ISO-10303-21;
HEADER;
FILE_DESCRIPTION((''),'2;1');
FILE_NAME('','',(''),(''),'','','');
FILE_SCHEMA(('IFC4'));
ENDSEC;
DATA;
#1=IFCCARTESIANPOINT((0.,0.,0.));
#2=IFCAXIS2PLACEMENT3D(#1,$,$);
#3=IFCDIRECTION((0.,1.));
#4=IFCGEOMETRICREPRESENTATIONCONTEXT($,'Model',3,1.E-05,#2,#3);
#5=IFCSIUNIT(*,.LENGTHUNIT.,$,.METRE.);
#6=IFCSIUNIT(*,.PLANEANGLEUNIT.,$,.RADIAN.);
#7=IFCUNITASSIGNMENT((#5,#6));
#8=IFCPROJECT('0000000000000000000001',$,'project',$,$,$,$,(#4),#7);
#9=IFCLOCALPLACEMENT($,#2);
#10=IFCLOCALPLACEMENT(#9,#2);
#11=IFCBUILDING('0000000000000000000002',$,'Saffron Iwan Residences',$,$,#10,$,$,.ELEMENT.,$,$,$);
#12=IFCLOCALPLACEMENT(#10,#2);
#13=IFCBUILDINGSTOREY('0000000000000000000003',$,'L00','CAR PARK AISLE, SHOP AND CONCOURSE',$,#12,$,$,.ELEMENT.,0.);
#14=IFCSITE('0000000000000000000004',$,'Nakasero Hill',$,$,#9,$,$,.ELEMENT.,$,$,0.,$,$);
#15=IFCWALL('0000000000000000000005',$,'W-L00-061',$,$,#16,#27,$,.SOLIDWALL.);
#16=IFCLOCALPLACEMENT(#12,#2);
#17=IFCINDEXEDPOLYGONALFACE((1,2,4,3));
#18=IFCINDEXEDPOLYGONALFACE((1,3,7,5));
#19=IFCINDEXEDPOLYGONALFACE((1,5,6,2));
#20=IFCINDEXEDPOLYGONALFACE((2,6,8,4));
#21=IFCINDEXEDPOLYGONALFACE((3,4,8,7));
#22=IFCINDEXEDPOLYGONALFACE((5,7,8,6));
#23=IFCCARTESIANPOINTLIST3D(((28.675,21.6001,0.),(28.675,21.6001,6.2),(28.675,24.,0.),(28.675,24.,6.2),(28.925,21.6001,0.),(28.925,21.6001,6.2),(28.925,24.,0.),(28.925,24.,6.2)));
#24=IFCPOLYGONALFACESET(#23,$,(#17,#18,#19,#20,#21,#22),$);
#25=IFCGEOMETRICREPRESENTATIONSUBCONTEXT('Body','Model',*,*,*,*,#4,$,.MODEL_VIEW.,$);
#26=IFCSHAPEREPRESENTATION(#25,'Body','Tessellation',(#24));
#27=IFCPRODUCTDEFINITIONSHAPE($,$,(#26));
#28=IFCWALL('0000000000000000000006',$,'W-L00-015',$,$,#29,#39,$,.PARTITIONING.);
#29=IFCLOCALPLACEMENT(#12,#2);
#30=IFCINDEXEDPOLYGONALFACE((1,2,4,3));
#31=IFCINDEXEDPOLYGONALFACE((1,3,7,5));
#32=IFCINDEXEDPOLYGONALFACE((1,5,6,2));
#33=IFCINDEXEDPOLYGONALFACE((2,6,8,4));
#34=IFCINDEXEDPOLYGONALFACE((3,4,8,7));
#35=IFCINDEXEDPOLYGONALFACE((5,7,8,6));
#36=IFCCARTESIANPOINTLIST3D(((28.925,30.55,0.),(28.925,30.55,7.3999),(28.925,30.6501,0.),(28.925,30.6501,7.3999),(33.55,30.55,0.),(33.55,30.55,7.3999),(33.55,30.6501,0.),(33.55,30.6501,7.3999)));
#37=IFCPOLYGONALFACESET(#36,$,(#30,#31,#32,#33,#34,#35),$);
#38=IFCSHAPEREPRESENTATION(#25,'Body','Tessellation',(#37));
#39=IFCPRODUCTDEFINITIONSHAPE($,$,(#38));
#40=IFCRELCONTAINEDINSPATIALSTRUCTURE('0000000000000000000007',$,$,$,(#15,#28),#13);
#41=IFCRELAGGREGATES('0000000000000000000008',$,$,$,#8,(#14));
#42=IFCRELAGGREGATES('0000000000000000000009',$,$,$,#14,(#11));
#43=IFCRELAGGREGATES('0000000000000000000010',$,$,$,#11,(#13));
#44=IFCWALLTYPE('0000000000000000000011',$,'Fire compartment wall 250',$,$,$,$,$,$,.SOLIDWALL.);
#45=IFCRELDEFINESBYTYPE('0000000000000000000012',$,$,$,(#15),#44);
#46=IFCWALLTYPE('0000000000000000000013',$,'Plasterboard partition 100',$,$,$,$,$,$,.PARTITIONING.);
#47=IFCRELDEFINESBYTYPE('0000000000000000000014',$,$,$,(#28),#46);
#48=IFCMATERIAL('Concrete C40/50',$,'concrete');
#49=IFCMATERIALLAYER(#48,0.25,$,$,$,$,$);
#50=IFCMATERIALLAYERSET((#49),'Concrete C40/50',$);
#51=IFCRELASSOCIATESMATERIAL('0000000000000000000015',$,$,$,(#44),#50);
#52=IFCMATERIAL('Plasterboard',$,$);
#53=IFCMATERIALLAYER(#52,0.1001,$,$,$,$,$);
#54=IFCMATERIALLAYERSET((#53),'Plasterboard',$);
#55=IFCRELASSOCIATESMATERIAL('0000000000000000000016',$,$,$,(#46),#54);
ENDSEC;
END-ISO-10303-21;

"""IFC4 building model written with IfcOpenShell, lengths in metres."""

from ifc_helpers import new_model, si_unit, direction, frame, frame_2d, origin, place, context, subcontext, project, spatial, rectangle, extrude, material, layer, layer_set, type_object, element, save


model = new_model("IFC4")

# Units and contexts
model_context = context("Model", 3, precision=1e-05, world=origin(), true_north=direction((0.0, 1.0)))
body_context = subcontext(model_context, "Body", "Model", "MODEL_VIEW")
ifc_project = project(units=[si_unit("LENGTHUNIT", "METRE"), si_unit("PLANEANGLEUNIT", "RADIAN")], contexts=[model_context])

# Site, building, storey
site_placement = place(None, origin())
site = spatial("IfcSite", under=ifc_project, at=site_placement, Name="Nakasero Hill", CompositionType="ELEMENT", RefElevation=0.0)
building_placement = place(site_placement, origin())
building = spatial("IfcBuilding", under=site, at=building_placement, Name="Saffron Iwan Residences", CompositionType="ELEMENT")
storey_placement = place(building_placement, origin())
storey = spatial("IfcBuildingStorey", under=building, at=storey_placement, Name="L00", Description="CAR PARK AISLE, SHOP AND CONCOURSE", CompositionType="ELEMENT", Elevation=0.0)

# Shared definitions
ifc_material_1 = material(Name="Concrete C40/50", Category="concrete")
ifc_layer_1 = layer(ifc_material_1, 0.25)
ifc_layer_set_1 = layer_set([ifc_layer_1], Name="Concrete C40/50")
wall_type_1 = type_object("IfcWallType", Name="Fire compartment wall 250", PredefinedType="SOLIDWALL", material=ifc_layer_set_1)

# Walls
wall_1_placement = place(storey_placement, frame((28.8, 21.6001, 0.0), z_axis=(0.0, 0.0, 1.0), x_axis=(0.0, 1.0, 0.0)))
element("IfcWall", 1, at=wall_1_placement, inside=storey, type_object=wall_type_1, Name="W-L00-061", PredefinedType="SOLIDWALL", context=body_context, shape_type="SweptSolid", body=[
    extrude(rectangle(XDim=2.3999, YDim=0.25, at=frame_2d((1.2, 0.0))), origin(), (0.0, 0.0, 1.0), 6.2),
])
ifc_material_2 = material(Name="Plasterboard")
ifc_layer_2 = layer(ifc_material_2, 0.1001)
ifc_layer_set_2 = layer_set([ifc_layer_2], Name="Plasterboard")
wall_type_2 = type_object("IfcWallType", Name="Plasterboard partition 100", PredefinedType="PARTITIONING", material=ifc_layer_set_2)
wall_2_placement = place(storey_placement, frame((28.925, 30.6001, 0.0), z_axis=(0.0, 0.0, 1.0), x_axis=(1.0, 0.0, 0.0)))
element("IfcWall", 2, at=wall_2_placement, inside=storey, type_object=wall_type_2, Name="W-L00-015", PredefinedType="PARTITIONING", context=body_context, shape_type="SweptSolid", body=[
    extrude(rectangle(XDim=4.625, YDim=0.1001, at=frame_2d((2.3125, 0.0))), origin(), (0.0, 0.0, 1.0), 7.3999),
])

save(model, "model.ifc")
